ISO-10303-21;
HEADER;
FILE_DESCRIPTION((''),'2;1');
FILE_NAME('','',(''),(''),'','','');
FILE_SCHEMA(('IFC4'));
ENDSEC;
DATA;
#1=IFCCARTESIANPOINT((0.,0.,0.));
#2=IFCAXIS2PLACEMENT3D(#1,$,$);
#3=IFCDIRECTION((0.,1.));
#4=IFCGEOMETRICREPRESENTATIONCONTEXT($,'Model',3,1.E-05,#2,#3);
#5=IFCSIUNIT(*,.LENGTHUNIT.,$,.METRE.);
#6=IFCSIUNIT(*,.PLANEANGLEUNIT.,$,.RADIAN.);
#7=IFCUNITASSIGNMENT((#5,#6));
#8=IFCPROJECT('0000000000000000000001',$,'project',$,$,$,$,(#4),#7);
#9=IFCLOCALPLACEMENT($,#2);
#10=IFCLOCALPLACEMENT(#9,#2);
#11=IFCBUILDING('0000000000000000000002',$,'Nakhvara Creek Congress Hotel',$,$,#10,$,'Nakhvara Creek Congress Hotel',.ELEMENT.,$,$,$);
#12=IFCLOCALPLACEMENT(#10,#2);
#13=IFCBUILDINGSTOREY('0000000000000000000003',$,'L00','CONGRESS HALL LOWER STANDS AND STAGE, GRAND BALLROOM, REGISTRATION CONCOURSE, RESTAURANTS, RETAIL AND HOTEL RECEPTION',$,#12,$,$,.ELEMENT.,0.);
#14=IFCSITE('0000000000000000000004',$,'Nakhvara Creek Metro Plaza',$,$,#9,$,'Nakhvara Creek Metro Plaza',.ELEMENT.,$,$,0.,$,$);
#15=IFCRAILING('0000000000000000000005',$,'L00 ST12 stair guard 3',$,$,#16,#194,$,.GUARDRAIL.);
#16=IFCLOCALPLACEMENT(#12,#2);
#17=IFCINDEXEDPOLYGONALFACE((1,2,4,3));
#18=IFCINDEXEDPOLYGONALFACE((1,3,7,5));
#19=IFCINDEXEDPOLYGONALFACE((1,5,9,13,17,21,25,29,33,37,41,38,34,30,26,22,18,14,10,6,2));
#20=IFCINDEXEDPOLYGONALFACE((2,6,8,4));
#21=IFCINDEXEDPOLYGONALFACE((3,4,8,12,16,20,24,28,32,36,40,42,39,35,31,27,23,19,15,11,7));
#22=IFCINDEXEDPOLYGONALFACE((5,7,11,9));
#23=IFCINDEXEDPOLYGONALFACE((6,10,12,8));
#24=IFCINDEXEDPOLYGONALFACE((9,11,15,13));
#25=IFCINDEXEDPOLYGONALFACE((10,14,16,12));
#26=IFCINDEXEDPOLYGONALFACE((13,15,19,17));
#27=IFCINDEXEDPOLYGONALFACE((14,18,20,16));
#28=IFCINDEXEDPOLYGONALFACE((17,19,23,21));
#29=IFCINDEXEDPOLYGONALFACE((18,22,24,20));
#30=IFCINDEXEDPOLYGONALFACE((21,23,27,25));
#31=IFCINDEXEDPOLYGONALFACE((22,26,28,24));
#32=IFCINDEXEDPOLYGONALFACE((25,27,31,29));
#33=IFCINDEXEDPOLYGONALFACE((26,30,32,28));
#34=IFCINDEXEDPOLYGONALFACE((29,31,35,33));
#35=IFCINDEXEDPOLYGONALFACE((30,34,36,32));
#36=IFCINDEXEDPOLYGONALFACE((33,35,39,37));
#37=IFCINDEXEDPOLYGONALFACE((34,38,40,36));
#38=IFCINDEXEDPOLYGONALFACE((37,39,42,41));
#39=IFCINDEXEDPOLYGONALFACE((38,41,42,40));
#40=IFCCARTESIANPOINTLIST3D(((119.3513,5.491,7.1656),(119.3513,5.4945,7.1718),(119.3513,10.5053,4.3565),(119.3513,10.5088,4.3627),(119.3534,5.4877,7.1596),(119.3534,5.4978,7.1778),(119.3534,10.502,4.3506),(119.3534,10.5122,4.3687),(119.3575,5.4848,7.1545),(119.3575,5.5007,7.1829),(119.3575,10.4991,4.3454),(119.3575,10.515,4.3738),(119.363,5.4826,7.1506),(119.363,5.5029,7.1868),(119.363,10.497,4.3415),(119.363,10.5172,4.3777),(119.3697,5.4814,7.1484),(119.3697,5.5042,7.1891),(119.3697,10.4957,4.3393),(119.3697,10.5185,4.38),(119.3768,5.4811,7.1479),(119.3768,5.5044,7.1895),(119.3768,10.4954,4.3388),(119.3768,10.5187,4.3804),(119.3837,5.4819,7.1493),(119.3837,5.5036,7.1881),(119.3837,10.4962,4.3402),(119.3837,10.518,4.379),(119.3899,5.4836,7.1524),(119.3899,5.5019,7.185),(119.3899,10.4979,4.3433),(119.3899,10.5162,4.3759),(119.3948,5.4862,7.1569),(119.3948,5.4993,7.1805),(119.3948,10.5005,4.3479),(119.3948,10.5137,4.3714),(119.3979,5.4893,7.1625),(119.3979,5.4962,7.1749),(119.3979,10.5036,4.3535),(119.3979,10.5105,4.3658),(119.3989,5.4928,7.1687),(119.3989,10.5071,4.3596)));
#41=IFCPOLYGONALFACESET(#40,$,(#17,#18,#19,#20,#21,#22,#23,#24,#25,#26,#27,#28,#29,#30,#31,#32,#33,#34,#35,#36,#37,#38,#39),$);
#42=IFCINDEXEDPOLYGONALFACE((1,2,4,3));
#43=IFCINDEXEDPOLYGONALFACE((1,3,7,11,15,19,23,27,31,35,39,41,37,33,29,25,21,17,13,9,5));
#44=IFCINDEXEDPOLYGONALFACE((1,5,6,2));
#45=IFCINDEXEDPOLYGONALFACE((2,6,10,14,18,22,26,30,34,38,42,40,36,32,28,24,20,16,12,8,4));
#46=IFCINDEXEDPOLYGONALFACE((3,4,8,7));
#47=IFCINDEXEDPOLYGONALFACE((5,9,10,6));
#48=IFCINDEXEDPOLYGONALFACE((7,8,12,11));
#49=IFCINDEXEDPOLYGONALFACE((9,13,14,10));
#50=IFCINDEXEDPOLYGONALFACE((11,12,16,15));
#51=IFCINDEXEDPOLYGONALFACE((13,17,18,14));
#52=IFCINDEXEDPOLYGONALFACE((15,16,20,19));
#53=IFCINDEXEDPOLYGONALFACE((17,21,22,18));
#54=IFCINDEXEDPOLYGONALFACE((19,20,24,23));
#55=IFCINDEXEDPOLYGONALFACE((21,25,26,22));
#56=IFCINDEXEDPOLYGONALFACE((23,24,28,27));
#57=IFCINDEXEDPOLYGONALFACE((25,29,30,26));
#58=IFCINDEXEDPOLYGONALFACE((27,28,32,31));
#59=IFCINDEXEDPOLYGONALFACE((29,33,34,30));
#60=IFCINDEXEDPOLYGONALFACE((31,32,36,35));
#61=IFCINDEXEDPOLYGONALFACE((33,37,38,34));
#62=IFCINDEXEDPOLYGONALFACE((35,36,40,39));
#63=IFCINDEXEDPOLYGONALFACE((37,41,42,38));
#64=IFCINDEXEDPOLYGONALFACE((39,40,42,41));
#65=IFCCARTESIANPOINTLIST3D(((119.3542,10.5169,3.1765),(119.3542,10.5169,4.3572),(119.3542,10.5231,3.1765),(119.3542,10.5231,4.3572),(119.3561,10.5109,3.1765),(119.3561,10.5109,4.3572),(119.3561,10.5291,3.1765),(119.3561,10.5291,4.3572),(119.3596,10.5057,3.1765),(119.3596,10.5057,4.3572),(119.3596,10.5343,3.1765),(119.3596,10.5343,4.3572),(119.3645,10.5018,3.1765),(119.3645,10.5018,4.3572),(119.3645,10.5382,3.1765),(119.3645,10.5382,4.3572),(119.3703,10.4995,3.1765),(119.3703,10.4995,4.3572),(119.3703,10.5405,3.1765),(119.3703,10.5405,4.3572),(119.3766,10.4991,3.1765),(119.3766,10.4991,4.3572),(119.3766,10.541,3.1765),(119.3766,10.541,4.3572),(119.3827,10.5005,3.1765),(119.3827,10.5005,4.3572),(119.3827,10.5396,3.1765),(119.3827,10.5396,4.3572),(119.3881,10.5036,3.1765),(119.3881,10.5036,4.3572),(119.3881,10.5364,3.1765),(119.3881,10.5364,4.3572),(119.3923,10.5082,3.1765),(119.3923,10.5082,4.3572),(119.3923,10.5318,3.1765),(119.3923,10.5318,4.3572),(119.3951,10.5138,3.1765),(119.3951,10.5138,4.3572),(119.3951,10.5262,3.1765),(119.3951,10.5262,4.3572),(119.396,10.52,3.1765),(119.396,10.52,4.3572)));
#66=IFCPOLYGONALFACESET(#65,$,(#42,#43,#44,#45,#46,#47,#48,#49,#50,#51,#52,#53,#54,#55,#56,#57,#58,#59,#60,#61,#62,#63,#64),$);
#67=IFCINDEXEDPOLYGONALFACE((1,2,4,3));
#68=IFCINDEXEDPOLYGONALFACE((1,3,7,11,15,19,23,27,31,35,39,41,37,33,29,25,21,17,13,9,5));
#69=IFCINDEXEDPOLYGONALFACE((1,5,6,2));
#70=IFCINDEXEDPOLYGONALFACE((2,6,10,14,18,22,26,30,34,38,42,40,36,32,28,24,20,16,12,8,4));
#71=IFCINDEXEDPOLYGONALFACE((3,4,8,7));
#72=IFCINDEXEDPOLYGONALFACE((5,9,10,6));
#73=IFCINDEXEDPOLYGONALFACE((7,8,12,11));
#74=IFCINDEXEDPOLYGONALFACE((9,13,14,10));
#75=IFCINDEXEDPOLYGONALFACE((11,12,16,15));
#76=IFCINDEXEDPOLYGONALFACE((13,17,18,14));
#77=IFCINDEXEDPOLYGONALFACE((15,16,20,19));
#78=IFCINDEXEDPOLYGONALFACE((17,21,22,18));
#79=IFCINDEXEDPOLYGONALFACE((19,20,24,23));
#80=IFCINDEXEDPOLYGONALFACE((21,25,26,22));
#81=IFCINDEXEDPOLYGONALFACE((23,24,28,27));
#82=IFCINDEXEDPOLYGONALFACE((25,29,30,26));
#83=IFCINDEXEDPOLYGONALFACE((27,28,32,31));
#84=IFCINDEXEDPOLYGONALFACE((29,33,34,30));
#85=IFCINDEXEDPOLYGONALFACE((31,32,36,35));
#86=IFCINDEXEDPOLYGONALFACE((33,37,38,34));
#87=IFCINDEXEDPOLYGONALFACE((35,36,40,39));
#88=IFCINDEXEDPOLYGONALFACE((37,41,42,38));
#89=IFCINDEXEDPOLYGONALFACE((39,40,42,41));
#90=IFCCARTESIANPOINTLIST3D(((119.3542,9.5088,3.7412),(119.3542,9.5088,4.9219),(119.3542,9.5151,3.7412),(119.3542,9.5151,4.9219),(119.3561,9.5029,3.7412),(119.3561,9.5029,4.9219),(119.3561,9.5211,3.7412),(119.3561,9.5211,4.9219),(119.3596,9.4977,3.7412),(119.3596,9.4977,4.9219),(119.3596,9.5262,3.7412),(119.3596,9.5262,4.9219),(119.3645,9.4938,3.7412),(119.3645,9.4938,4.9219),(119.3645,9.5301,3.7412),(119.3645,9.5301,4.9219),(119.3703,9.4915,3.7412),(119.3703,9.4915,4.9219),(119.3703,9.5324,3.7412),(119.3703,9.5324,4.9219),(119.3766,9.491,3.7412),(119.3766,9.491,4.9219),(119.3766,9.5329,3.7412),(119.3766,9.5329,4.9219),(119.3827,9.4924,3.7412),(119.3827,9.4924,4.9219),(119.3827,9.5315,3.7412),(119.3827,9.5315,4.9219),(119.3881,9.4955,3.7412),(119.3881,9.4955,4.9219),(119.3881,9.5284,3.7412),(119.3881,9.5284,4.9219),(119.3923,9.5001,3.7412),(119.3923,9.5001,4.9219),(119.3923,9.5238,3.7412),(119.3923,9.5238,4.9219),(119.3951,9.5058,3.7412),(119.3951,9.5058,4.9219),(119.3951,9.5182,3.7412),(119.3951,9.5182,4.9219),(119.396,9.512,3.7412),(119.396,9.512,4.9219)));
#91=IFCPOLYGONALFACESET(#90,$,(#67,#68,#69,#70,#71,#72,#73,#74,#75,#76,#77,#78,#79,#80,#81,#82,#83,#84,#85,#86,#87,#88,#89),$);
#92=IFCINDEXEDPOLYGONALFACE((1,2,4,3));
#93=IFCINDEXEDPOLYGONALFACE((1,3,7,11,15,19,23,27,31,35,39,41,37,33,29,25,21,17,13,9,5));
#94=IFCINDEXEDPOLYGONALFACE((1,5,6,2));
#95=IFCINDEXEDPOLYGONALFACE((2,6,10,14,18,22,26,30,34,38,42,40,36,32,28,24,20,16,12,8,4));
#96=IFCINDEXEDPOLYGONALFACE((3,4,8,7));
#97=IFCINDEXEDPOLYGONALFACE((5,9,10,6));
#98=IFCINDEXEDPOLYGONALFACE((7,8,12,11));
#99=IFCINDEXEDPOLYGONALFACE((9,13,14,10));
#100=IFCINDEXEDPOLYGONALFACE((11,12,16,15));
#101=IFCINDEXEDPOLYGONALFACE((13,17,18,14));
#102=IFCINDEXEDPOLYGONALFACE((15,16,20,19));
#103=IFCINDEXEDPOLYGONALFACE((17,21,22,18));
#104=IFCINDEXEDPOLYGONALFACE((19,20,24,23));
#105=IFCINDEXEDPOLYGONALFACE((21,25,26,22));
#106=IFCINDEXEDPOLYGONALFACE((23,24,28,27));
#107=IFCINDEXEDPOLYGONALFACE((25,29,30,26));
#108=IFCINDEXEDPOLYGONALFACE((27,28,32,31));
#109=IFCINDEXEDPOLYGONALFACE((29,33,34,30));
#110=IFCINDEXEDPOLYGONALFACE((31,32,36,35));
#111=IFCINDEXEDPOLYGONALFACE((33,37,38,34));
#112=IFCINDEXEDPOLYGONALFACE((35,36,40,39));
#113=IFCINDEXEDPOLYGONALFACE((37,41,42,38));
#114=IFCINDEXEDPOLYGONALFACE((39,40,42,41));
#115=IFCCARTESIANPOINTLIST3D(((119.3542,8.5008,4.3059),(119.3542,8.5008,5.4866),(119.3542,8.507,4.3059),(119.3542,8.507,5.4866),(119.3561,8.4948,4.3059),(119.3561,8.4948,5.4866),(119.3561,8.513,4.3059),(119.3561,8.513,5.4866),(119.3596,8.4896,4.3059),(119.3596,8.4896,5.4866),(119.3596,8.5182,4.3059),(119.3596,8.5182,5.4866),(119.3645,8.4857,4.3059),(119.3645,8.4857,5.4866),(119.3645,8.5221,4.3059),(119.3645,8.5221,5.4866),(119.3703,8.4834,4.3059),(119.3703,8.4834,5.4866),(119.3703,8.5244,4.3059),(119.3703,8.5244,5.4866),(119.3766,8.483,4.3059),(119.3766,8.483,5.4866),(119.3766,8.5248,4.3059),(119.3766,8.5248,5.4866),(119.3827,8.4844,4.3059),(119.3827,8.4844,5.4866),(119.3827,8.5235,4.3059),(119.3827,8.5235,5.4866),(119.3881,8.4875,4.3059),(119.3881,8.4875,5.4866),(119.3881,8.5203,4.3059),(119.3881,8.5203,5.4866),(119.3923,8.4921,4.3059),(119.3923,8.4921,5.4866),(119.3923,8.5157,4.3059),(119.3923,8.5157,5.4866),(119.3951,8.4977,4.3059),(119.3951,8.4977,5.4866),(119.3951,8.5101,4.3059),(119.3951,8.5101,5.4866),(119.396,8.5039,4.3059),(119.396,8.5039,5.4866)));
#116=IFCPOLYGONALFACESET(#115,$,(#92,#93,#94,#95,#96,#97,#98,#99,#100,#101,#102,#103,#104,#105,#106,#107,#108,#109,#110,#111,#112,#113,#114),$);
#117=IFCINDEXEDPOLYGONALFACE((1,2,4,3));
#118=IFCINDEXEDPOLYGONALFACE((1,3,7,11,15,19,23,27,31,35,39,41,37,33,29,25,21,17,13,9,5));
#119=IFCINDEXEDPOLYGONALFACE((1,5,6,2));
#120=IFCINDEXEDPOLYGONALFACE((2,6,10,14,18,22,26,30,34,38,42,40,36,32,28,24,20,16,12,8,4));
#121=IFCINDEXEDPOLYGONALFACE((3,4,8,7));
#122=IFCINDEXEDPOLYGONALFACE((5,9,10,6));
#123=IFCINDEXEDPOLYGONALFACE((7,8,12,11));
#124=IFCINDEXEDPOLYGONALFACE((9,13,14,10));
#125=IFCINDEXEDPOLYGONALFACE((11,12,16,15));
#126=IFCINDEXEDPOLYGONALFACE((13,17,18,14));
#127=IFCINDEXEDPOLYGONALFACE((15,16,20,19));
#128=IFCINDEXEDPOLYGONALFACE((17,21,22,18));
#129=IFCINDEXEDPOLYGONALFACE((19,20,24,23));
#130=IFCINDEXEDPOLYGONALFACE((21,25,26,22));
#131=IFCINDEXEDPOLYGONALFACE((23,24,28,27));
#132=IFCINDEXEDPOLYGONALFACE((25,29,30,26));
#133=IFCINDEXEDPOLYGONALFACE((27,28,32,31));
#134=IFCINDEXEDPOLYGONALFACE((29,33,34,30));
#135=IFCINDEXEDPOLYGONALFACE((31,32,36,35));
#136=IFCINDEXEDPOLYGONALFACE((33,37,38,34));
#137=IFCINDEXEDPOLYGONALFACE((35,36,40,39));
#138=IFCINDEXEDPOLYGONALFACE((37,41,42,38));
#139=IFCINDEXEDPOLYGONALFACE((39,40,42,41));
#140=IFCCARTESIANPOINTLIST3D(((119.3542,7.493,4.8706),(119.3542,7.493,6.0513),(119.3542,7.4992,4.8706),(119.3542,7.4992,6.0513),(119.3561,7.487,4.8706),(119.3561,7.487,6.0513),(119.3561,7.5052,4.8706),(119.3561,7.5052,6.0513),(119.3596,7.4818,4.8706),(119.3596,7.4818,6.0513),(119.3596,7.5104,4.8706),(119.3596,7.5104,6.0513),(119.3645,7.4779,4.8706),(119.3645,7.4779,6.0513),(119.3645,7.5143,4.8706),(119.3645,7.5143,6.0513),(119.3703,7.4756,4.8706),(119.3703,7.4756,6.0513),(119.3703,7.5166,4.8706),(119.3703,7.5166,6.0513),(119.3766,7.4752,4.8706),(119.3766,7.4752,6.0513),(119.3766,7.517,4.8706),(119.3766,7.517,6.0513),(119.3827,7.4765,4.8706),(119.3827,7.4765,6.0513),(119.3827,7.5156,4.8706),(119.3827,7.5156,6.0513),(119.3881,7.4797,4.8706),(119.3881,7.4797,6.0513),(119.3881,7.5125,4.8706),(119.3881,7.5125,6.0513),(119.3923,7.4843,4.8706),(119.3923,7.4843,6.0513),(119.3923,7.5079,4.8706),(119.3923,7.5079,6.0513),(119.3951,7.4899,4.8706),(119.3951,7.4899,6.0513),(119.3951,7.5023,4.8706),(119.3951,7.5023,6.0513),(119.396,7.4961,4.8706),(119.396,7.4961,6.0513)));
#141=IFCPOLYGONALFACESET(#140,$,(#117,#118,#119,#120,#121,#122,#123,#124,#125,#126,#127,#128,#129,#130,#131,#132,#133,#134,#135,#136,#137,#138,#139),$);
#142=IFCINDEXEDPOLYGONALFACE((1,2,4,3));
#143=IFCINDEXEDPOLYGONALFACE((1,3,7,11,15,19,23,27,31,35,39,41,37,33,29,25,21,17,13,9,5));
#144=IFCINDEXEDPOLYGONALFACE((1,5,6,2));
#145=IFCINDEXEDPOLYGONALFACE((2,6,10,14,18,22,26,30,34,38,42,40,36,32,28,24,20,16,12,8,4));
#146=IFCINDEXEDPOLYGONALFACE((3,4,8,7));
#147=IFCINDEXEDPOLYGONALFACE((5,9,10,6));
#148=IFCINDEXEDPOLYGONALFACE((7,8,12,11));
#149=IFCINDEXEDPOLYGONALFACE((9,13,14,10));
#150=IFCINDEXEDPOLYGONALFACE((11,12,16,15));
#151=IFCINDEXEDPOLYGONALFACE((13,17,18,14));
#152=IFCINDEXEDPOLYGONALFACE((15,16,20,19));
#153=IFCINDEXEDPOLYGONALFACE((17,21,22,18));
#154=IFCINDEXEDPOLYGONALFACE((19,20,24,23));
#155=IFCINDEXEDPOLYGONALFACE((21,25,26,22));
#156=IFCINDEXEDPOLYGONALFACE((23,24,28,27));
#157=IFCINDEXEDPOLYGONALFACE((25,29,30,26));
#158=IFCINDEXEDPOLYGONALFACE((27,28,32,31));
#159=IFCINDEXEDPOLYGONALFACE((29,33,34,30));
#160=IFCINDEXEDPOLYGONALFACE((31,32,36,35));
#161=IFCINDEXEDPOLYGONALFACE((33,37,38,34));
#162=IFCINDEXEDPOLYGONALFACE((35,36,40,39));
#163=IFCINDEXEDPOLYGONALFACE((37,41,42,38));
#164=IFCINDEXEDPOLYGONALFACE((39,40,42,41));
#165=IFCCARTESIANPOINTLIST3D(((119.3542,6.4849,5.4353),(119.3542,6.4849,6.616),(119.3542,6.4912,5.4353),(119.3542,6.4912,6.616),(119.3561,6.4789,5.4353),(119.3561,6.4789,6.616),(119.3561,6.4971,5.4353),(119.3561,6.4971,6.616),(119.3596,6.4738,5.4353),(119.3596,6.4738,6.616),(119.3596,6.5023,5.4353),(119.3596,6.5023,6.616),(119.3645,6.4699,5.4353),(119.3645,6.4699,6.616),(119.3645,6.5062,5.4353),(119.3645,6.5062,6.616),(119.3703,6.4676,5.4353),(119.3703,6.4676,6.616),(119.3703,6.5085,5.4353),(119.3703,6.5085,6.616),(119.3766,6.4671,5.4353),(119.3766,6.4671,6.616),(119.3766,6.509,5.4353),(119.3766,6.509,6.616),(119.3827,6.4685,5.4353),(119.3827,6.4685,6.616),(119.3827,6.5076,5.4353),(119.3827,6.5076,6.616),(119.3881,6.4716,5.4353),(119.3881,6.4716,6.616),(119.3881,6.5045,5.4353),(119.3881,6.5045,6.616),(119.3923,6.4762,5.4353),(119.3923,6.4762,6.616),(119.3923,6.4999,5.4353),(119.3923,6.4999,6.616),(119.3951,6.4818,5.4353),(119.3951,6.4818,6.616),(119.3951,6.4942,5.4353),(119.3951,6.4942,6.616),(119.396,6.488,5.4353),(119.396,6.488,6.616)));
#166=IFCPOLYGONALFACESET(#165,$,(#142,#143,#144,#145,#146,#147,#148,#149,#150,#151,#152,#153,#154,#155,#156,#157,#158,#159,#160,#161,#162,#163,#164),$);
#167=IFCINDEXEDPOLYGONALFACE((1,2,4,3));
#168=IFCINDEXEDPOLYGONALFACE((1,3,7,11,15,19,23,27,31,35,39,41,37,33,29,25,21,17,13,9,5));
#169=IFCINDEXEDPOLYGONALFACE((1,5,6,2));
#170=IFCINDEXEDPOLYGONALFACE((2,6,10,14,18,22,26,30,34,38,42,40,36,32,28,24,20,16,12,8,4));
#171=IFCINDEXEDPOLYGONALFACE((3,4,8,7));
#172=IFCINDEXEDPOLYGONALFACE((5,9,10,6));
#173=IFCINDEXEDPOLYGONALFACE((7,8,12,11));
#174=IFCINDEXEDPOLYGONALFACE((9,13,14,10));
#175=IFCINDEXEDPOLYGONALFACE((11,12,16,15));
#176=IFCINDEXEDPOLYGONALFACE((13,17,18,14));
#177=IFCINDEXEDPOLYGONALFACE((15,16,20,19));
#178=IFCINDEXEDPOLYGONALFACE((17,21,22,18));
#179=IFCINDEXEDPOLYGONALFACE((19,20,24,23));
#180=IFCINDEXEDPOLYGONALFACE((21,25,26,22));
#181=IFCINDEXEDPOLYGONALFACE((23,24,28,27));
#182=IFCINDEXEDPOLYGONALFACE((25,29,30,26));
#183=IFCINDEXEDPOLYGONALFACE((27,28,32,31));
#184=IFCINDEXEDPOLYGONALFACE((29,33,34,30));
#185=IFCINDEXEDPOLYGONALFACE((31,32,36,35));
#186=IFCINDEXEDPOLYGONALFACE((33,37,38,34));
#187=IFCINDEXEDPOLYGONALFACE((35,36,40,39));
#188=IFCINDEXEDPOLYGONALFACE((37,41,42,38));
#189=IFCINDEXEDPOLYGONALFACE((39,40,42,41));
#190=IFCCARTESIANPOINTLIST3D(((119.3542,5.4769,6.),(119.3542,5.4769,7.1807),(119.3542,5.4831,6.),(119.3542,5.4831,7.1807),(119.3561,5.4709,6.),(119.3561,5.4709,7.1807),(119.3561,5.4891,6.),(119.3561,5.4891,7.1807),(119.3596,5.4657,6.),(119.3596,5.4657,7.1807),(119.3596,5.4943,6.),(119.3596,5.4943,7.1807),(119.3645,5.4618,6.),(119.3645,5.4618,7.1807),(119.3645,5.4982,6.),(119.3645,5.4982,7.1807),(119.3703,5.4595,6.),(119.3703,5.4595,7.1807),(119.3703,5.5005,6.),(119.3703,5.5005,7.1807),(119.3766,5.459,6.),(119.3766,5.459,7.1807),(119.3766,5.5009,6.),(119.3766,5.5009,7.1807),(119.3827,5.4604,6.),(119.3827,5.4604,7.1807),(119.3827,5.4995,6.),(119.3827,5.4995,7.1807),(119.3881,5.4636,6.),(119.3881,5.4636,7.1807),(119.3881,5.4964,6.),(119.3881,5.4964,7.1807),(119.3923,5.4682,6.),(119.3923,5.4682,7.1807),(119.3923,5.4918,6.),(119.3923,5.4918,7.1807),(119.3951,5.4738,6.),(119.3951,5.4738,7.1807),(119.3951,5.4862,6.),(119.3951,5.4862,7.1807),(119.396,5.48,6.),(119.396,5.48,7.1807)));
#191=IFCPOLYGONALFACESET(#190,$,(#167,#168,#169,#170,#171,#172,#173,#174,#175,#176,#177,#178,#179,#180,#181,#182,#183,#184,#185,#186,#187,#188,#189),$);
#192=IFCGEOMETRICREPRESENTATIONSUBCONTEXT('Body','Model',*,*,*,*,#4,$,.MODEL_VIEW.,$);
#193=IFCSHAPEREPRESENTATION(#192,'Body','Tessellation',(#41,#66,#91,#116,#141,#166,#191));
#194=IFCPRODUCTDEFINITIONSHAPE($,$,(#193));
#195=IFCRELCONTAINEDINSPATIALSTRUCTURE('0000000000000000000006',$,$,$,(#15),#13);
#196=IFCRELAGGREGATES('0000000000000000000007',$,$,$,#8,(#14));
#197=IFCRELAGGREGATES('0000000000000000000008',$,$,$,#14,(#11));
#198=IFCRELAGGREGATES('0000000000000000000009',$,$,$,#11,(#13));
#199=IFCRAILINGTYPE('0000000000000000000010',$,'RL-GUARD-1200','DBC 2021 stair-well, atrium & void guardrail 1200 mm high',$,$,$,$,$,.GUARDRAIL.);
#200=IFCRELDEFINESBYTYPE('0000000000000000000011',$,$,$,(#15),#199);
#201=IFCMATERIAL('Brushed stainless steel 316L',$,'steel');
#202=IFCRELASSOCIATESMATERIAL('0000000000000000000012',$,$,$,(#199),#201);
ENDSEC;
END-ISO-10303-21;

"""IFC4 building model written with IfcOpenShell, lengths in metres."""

from ifc_helpers import new_model, si_unit, direction, frame, origin, origin_2d, place, context, subcontext, project, spatial, circle, extrude, material, type_object, element, save


model = new_model("IFC4")

# Units and contexts
model_context = context("Model", 3, precision=1e-05, world=origin(), true_north=direction((0.0, 1.0)))
body_context = subcontext(model_context, "Body", "Model", "MODEL_VIEW")
ifc_project = project(units=[si_unit("LENGTHUNIT", "METRE"), si_unit("PLANEANGLEUNIT", "RADIAN")], contexts=[model_context])

# Site, building, storey
site_placement = place(None, origin())
site = spatial("IfcSite", under=ifc_project, at=site_placement, Name="Nakhvara Creek Metro Plaza", LongName="Nakhvara Creek Metro Plaza", CompositionType="ELEMENT", RefElevation=0.0)
building_placement = place(site_placement, origin())
building = spatial("IfcBuilding", under=site, at=building_placement, Name="Nakhvara Creek Congress Hotel", LongName="Nakhvara Creek Congress Hotel", CompositionType="ELEMENT")
storey_placement = place(building_placement, origin())
storey = spatial("IfcBuildingStorey", under=building, at=storey_placement, Name="L00", Description="CONGRESS HALL LOWER STANDS AND STAGE, GRAND BALLROOM, REGISTRATION CONCOURSE, RESTAURANTS, RETAIL AND HOTEL RECEPTION", CompositionType="ELEMENT", Elevation=0.0)

# Railing
ifc_material_1 = material(Name="Brushed stainless steel 316L", Category="steel")
railing_type_1 = type_object("IfcRailingType", Name="RL-GUARD-1200", Description="DBC 2021 stair-well, atrium & void guardrail 1200 mm high", PredefinedType="GUARDRAIL", material=ifc_material_1)
railing_1_placement = place(storey_placement, frame((119.375, 10.52, 3.1765)))
element("IfcRailing", 1, at=railing_1_placement, inside=storey, type_object=railing_type_1, Name="L00 ST12 stair guard 3", PredefinedType="GUARDRAIL", context=body_context, shape_type="SweptSolid", body=[
    extrude(circle(Radius=0.0239, at=origin_2d()), frame((0.0, -0.0129, 1.1831), z_axis=(0.0, -0.872427, 0.488744), x_axis=(1.0, 0.0, 0.0)), (0.0, 0.0, 1.0), 5.7476),
    extrude(circle(Radius=0.021, at=origin_2d()), origin(), (0.0, 0.0, 1.0), 1.1807),
    extrude(circle(Radius=0.021, at=origin_2d()), frame((0.0, -1.0081, 0.5647)), (0.0, 0.0, 1.0), 1.1807),
    extrude(circle(Radius=0.021, at=origin_2d()), frame((0.0, -2.0161, 1.1294)), (0.0, 0.0, 1.0), 1.1807),
    extrude(circle(Radius=0.021, at=origin_2d()), frame((0.0, -3.0239, 1.6941)), (0.0, 0.0, 1.0), 1.1807),
    extrude(circle(Radius=0.021, at=origin_2d()), frame((0.0, -4.032, 2.2588)), (0.0, 0.0, 1.0), 1.1807),
    extrude(circle(Radius=0.021, at=origin_2d()), frame((0.0, -5.04, 2.8235)), (0.0, 0.0, 1.0), 1.1807),
])

save(model, "model.ifc")
